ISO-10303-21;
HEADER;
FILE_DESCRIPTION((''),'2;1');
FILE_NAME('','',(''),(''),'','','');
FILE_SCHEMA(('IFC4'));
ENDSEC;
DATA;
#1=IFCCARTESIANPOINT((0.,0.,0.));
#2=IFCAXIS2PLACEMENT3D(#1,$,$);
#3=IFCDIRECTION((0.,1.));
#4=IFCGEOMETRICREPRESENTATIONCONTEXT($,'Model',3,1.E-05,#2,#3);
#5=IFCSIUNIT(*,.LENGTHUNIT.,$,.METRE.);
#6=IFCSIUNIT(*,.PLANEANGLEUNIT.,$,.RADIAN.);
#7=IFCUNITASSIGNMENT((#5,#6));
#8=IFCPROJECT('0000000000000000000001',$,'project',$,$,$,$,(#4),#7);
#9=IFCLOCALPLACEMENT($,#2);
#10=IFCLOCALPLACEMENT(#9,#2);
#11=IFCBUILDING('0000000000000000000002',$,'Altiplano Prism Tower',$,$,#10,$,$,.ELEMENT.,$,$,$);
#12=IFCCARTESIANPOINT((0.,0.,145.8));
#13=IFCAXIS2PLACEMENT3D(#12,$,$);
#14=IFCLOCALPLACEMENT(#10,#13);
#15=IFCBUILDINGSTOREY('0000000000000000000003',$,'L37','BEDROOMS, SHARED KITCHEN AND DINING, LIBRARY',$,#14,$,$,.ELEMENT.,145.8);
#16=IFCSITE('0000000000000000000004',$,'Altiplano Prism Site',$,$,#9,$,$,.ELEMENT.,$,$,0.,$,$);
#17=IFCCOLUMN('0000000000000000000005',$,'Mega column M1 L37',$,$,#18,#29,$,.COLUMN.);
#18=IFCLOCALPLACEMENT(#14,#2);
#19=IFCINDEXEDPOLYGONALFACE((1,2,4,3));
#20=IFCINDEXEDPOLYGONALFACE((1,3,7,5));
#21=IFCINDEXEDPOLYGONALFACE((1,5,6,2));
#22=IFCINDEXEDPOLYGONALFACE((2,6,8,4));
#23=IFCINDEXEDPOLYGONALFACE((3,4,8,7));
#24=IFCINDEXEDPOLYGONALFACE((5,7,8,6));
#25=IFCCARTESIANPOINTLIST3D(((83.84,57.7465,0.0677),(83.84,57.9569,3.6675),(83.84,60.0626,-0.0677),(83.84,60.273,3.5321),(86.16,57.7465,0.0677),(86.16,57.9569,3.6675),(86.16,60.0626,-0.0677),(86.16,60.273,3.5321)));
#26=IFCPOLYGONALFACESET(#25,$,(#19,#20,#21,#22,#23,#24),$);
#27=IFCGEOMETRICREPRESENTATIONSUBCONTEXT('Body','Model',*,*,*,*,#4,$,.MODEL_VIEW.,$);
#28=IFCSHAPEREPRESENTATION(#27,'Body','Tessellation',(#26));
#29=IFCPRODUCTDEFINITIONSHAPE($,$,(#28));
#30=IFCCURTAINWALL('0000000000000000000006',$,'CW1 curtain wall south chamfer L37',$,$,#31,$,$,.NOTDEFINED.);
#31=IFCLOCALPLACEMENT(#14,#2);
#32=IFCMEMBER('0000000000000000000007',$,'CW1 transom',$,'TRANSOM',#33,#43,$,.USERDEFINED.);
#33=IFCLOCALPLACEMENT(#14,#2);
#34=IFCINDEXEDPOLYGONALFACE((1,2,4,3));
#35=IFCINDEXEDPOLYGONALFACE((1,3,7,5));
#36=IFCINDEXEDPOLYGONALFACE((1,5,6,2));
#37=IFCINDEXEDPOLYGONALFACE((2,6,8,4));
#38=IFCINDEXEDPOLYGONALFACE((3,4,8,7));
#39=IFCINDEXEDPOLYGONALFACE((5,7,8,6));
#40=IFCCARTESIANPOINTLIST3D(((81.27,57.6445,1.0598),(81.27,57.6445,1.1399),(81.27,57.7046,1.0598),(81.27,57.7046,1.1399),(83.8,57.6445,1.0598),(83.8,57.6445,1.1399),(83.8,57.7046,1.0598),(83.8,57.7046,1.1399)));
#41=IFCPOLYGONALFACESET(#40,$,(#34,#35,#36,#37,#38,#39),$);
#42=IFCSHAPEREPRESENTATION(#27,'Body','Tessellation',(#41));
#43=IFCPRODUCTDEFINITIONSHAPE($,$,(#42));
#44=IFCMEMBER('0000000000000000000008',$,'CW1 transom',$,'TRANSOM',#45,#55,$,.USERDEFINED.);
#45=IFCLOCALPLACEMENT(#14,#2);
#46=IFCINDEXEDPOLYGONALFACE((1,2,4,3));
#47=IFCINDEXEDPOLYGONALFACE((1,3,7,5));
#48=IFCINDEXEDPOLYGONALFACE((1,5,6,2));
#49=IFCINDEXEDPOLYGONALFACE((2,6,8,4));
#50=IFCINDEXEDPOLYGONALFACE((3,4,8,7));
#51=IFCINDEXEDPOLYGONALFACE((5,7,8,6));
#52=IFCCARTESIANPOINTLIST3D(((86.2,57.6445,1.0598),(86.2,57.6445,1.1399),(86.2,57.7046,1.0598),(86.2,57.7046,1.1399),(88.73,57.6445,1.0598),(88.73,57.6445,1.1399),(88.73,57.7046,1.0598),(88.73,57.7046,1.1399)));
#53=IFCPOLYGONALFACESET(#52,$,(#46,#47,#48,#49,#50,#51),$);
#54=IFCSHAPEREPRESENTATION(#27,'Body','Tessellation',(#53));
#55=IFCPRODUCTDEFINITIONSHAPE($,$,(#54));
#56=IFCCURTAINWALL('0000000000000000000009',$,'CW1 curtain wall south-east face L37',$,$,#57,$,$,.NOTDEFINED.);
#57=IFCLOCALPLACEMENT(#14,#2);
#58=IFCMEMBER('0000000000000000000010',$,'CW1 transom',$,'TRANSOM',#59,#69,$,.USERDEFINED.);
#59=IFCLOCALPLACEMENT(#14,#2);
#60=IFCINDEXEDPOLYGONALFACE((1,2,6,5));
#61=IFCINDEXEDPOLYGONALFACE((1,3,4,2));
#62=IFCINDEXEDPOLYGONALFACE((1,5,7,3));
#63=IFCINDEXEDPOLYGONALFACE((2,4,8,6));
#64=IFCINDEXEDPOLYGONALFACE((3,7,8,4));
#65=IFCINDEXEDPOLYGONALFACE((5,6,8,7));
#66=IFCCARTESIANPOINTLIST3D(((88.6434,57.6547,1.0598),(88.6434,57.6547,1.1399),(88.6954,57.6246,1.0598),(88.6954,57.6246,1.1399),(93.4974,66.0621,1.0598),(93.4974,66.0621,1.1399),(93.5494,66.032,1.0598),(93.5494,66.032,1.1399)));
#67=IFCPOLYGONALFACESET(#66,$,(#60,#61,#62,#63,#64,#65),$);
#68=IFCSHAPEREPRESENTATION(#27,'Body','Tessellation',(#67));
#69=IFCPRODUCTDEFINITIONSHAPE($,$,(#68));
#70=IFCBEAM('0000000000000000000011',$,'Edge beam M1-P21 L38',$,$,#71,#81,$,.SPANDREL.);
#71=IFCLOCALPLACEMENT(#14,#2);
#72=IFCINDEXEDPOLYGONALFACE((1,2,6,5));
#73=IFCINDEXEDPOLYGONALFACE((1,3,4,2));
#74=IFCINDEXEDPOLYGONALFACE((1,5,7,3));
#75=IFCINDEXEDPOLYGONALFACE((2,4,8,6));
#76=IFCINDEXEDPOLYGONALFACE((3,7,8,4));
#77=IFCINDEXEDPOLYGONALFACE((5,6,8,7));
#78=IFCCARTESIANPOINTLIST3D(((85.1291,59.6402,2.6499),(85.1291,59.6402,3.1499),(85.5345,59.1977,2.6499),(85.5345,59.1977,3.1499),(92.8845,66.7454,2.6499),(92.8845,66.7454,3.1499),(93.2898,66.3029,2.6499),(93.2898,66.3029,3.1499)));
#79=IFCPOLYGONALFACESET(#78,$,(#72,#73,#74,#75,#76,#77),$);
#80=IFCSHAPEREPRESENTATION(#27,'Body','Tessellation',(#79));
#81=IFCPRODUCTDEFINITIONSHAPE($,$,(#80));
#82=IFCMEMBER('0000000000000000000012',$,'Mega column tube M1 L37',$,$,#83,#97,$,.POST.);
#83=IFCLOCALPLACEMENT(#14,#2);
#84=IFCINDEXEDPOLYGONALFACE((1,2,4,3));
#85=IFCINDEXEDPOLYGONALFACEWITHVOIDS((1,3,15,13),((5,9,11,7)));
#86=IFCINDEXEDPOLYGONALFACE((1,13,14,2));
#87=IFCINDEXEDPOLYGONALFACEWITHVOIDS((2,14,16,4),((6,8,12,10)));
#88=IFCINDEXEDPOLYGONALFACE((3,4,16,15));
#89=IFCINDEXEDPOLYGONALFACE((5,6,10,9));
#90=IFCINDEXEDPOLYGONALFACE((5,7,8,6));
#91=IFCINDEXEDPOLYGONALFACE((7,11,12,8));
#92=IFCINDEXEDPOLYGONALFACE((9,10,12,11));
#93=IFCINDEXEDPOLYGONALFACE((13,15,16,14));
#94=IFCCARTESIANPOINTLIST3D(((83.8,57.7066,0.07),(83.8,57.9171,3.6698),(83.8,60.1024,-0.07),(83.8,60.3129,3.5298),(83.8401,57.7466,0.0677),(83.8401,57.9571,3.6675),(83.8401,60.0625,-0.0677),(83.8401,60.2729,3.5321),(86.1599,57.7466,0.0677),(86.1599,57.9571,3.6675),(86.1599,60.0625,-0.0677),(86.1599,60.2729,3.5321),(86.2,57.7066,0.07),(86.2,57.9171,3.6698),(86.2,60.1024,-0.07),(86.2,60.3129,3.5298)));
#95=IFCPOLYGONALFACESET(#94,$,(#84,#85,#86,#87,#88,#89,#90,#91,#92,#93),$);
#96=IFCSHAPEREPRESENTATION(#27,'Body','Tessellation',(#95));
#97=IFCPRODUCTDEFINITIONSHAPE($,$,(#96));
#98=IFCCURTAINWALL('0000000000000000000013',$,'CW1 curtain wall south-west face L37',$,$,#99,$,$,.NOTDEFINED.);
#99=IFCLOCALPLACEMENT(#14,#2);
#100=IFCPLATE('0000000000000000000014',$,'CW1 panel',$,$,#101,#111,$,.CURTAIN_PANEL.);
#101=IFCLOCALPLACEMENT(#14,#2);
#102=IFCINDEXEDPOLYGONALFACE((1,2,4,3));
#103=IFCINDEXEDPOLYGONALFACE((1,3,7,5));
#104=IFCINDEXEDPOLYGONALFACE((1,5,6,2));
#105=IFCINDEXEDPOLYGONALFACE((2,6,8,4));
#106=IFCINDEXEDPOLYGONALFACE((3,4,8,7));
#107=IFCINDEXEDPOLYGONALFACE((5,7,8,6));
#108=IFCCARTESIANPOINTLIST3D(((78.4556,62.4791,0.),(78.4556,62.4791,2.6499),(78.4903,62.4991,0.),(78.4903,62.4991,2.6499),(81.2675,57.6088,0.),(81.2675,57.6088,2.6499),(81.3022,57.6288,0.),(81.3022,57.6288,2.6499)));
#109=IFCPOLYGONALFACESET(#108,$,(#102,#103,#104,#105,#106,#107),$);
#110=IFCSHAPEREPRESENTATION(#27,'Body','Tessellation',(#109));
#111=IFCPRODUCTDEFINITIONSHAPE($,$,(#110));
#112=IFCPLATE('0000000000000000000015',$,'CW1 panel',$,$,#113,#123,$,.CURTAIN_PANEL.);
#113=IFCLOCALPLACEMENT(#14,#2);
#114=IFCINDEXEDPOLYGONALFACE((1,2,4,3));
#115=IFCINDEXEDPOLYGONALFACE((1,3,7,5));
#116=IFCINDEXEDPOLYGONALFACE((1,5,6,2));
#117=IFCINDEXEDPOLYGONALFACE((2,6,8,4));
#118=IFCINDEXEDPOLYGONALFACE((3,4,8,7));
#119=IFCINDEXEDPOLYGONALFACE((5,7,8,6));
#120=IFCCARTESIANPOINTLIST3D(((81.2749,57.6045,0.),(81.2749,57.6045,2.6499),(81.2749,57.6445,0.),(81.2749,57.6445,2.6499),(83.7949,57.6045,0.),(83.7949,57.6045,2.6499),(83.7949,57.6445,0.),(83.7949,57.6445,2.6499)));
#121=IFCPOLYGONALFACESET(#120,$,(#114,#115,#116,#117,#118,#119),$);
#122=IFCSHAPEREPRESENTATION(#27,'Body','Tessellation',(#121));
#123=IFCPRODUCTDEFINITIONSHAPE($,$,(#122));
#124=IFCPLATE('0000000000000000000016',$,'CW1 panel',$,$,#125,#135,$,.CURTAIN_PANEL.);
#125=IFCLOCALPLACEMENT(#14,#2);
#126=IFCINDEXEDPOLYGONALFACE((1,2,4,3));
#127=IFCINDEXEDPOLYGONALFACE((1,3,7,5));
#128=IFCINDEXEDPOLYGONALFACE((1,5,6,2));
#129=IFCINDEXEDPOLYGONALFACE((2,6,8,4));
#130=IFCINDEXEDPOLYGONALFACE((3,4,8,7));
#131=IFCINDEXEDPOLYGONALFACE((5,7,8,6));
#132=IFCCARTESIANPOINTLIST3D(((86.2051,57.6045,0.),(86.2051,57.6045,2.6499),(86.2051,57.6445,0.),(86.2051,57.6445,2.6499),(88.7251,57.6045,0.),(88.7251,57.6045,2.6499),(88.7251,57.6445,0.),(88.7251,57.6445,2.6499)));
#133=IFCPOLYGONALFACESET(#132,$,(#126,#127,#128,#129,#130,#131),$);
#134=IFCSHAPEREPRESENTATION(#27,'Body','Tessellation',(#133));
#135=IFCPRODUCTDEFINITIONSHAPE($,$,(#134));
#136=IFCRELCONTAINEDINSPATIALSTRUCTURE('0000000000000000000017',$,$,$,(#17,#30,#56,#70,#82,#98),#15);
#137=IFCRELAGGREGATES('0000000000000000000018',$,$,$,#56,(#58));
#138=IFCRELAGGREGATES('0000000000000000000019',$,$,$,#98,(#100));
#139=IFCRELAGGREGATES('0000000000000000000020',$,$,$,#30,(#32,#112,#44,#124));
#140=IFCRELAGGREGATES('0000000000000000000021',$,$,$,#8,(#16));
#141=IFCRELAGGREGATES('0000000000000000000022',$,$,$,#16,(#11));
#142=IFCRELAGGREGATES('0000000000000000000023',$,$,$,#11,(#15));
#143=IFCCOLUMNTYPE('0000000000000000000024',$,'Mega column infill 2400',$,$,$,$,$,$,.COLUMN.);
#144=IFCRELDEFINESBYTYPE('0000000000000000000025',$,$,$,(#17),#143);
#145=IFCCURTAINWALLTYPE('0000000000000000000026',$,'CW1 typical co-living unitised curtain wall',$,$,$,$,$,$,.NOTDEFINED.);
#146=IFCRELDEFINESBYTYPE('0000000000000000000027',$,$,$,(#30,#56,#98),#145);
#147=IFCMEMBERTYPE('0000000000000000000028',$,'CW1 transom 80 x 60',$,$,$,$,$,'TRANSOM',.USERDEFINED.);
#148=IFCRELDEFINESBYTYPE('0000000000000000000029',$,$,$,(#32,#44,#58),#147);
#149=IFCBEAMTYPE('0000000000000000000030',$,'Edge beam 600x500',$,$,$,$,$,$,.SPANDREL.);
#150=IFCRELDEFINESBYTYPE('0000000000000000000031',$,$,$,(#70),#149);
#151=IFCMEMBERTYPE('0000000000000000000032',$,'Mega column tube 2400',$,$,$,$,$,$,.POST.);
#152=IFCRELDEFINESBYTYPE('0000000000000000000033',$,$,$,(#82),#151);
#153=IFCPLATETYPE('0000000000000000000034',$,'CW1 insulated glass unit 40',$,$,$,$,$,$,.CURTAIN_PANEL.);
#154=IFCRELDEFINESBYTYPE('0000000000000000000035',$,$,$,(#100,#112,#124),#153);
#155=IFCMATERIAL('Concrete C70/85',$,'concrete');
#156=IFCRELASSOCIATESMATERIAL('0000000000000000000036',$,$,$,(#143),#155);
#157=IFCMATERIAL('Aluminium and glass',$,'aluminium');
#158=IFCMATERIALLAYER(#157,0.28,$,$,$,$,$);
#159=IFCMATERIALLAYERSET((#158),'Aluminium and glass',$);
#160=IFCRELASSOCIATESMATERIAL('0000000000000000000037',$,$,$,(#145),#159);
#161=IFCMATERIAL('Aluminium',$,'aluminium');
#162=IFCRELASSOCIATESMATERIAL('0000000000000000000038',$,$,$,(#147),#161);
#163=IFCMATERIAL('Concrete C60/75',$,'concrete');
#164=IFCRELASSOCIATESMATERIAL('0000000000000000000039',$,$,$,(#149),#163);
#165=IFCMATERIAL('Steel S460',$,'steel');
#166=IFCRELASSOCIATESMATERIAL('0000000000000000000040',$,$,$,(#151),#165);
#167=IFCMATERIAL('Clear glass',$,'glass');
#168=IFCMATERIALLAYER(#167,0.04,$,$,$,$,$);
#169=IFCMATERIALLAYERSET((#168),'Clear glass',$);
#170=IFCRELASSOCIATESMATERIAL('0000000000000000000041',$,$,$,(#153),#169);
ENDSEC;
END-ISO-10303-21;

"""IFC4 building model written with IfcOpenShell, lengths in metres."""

from ifc_helpers import new_model, si_unit, direction, frame, origin, origin_2d, place, context, subcontext, project, spatial, rectangle, hollow_rectangle, extrude, material, layer, layer_set, material_profile, profile_set, type_object, element, aggregate, save


model = new_model("IFC4")

# Units and contexts
model_context = context("Model", 3, precision=1e-05, world=origin(), true_north=direction((0.0, 1.0)))
body_context = subcontext(model_context, "Body", "Model", "MODEL_VIEW")
ifc_project = project(units=[si_unit("LENGTHUNIT", "METRE"), si_unit("PLANEANGLEUNIT", "RADIAN")], contexts=[model_context])

# Site, building, storey
site_placement = place(None, origin())
site = spatial("IfcSite", under=ifc_project, at=site_placement, Name="Altiplano Prism Site", CompositionType="ELEMENT", RefElevation=0.0)
building_placement = place(site_placement, origin())
building = spatial("IfcBuilding", under=site, at=building_placement, Name="Altiplano Prism Tower", CompositionType="ELEMENT")
storey_placement = place(building_placement, frame((0.0, 0.0, 145.8)))
storey = spatial("IfcBuildingStorey", under=building, at=storey_placement, Name="L37", Description="BEDROOMS, SHARED KITCHEN AND DINING, LIBRARY", CompositionType="ELEMENT", Elevation=145.8)

# Column
ifc_material_1 = material(Name="Concrete C70/85", Category="concrete")
ifc_material_profile_1 = material_profile(ifc_material_1, rectangle(XDim=2.3201, YDim=2.3201, at=origin_2d()), Name="Mega column infill 2400")
ifc_profile_set_1 = profile_set([ifc_material_profile_1], Name="Concrete C70/85")
column_type = type_object("IfcColumnType", Name="Mega column infill 2400", PredefinedType="COLUMN", material=ifc_profile_set_1)
column_placement = place(storey_placement, frame((85.0, 58.9045, 0.0), z_axis=(0.0, 0.058361, 0.998296), x_axis=(-1.0, 0.0, 0.0)))
element("IfcColumn", 1, at=column_placement, inside=storey, type_object=column_type, Name="Mega column M1 L37", PredefinedType="COLUMN", context=body_context, shape_type="SweptSolid", body=[
    extrude(rectangle(XDim=2.3201, YDim=2.3201, at=origin_2d()), origin(), (0.0, 0.0, 1.0), 3.606),
])

# Curtain wall, members
ifc_material_2 = material(Name="Aluminium and glass", Category="aluminium")
ifc_layer_1 = layer(ifc_material_2, 0.28)
ifc_layer_set_1 = layer_set([ifc_layer_1], Name="Aluminium and glass")
curtain_wall_type = type_object("IfcCurtainWallType", Name="CW1 typical co-living unitised curtain wall", PredefinedType="NOTDEFINED", material=ifc_layer_set_1)
curtain_wall_1_placement = place(storey_placement, origin())
curtain_wall_1 = element("IfcCurtainWall", 2, at=curtain_wall_1_placement, inside=storey, type_object=curtain_wall_type, Name="CW1 curtain wall south chamfer L37", PredefinedType="NOTDEFINED")
ifc_material_3 = material(Name="Aluminium", Category="aluminium")
ifc_material_profile_2 = material_profile(ifc_material_3, rectangle(XDim=0.0601, YDim=0.0801, at=origin_2d()), Name="CW1 transom 80 x 60")
ifc_profile_set_2 = profile_set([ifc_material_profile_2], Name="Aluminium")
member_type_1 = type_object("IfcMemberType", Name="CW1 transom 80 x 60", ElementType="TRANSOM", PredefinedType="USERDEFINED", material=ifc_profile_set_2)
member_1_placement = place(storey_placement, frame((81.27, 57.6746, 1.0999), z_axis=(1.0, 0.0, 0.0), x_axis=(0.0, 1.0, 0.0)))
member_1 = element("IfcMember", 3, at=member_1_placement, type_object=member_type_1, Name="CW1 transom", ObjectType="TRANSOM", PredefinedType="USERDEFINED", context=body_context, shape_type="SweptSolid", body=[
    extrude(rectangle(XDim=0.0601, YDim=0.0801, at=origin_2d()), origin(), (0.0, 0.0, 1.0), 2.53),
])
member_2_placement = place(storey_placement, frame((86.2, 57.6746, 1.0999), z_axis=(1.0, 0.0, 0.0), x_axis=(0.0, 1.0, 0.0)))
member_2 = element("IfcMember", 4, at=member_2_placement, type_object=member_type_1, Name="CW1 transom", ObjectType="TRANSOM", PredefinedType="USERDEFINED", context=body_context, shape_type="SweptSolid", body=[
    extrude(rectangle(XDim=0.0601, YDim=0.0801, at=origin_2d()), origin(), (0.0, 0.0, 1.0), 2.53),
])

# Curtain wall, member
curtain_wall_2_placement = place(storey_placement, origin())
curtain_wall_2 = element("IfcCurtainWall", 5, at=curtain_wall_2_placement, inside=storey, type_object=curtain_wall_type, Name="CW1 curtain wall south-east face L37", PredefinedType="NOTDEFINED")
member_3_placement = place(storey_placement, frame((88.6694, 57.6396, 1.0999), z_axis=(0.499996, 0.866028, 0.0), x_axis=(-0.866028, 0.499996, 0.0)))
member_3 = element("IfcMember", 6, at=member_3_placement, type_object=member_type_1, Name="CW1 transom", ObjectType="TRANSOM", PredefinedType="USERDEFINED", context=body_context, shape_type="SweptSolid", body=[
    extrude(rectangle(XDim=0.0601, YDim=0.0801, at=origin_2d()), origin(), (0.0, 0.0, 1.0), 9.708),
])
aggregate(curtain_wall_2, [member_3])

# Beam
ifc_material_4 = material(Name="Concrete C60/75", Category="concrete")
ifc_material_profile_3 = material_profile(ifc_material_4, rectangle(XDim=0.6001, YDim=0.5, at=origin_2d()), Name="Edge beam 600x500")
ifc_profile_set_3 = profile_set([ifc_material_profile_3], Name="Concrete C60/75")
beam_type = type_object("IfcBeamType", Name="Edge beam 600x500", PredefinedType="SPANDREL", material=ifc_profile_set_3)
beam_placement = place(storey_placement, frame((85.3318, 59.4189, 2.8999), z_axis=(0.737337, 0.675525, 0.0), x_axis=(-0.675525, 0.737337, 0.0)))
element("IfcBeam", 7, at=beam_placement, inside=storey, type_object=beam_type, Name="Edge beam M1-P21 L38", PredefinedType="SPANDREL", context=body_context, shape_type="SweptSolid", body=[
    extrude(rectangle(XDim=0.6001, YDim=0.5, at=origin_2d()), origin(), (0.0, 0.0, 1.0), 10.5181),
])

# Member
ifc_material_5 = material(Name="Steel S460", Category="steel")
ifc_material_profile_4 = material_profile(ifc_material_5, hollow_rectangle(XDim=2.3999, YDim=2.3999, WallThickness=0.04, at=origin_2d()), Name="Mega column tube 2400")
ifc_profile_set_4 = profile_set([ifc_material_profile_4], Name="Steel S460")
member_type_2 = type_object("IfcMemberType", Name="Mega column tube 2400", PredefinedType="POST", material=ifc_profile_set_4)
member_4_placement = place(storey_placement, frame((85.0, 58.9045, 0.0), z_axis=(0.0, 0.058361, 0.998296), x_axis=(-1.0, 0.0, 0.0)))
element("IfcMember", 8, at=member_4_placement, inside=storey, type_object=member_type_2, Name="Mega column tube M1 L37", PredefinedType="POST", context=body_context, shape_type="SweptSolid", body=[
    extrude(hollow_rectangle(XDim=2.3999, YDim=2.3999, WallThickness=0.04, at=origin_2d()), origin(), (0.0, 0.0, 1.0), 3.606),
])

# Curtain wall, plate
curtain_wall_3_placement = place(storey_placement, origin())
curtain_wall_3 = element("IfcCurtainWall", 9, at=curtain_wall_3_placement, inside=storey, type_object=curtain_wall_type, Name="CW1 curtain wall south-west face L37", PredefinedType="NOTDEFINED")
ifc_material_6 = material(Name="Clear glass", Category="glass")
ifc_layer_2 = layer(ifc_material_6, 0.04)
ifc_layer_set_2 = layer_set([ifc_layer_2], Name="Clear glass")
plate_type = type_object("IfcPlateType", Name="CW1 insulated glass unit 40", PredefinedType="CURTAIN_PANEL", material=ifc_layer_set_2)
plate_1_placement = place(storey_placement, frame((79.8789, 60.054, 0.0), z_axis=(0.0, 0.0, 1.0), x_axis=(0.5, -0.866025, 0.0)))
plate_1 = element("IfcPlate", 10, at=plate_1_placement, type_object=plate_type, Name="CW1 panel", PredefinedType="CURTAIN_PANEL", context=body_context, shape_type="SweptSolid", body=[
    extrude(rectangle(XDim=5.6238, YDim=0.04, at=origin_2d()), origin(), (0.0, 0.0, 1.0), 2.6499),
])
aggregate(curtain_wall_3, [plate_1])

# Plates
plate_2_placement = place(storey_placement, frame((82.5349, 57.6245, 0.0), z_axis=(0.0, 0.0, 1.0), x_axis=(1.0, 0.0, 0.0)))
plate_2 = element("IfcPlate", 11, at=plate_2_placement, type_object=plate_type, Name="CW1 panel", PredefinedType="CURTAIN_PANEL", context=body_context, shape_type="SweptSolid", body=[
    extrude(rectangle(XDim=2.52, YDim=0.04, at=origin_2d()), origin(), (0.0, 0.0, 1.0), 2.6499),
])
plate_3_placement = place(storey_placement, frame((87.4651, 57.6245, 0.0), z_axis=(0.0, 0.0, 1.0), x_axis=(1.0, 0.0, 0.0)))
plate_3 = element("IfcPlate", 12, at=plate_3_placement, type_object=plate_type, Name="CW1 panel", PredefinedType="CURTAIN_PANEL", context=body_context, shape_type="SweptSolid", body=[
    extrude(rectangle(XDim=2.52, YDim=0.04, at=origin_2d()), origin(), (0.0, 0.0, 1.0), 2.6499),
])
aggregate(curtain_wall_1, [member_1, plate_2, member_2, plate_3])

save(model, "model.ifc")
